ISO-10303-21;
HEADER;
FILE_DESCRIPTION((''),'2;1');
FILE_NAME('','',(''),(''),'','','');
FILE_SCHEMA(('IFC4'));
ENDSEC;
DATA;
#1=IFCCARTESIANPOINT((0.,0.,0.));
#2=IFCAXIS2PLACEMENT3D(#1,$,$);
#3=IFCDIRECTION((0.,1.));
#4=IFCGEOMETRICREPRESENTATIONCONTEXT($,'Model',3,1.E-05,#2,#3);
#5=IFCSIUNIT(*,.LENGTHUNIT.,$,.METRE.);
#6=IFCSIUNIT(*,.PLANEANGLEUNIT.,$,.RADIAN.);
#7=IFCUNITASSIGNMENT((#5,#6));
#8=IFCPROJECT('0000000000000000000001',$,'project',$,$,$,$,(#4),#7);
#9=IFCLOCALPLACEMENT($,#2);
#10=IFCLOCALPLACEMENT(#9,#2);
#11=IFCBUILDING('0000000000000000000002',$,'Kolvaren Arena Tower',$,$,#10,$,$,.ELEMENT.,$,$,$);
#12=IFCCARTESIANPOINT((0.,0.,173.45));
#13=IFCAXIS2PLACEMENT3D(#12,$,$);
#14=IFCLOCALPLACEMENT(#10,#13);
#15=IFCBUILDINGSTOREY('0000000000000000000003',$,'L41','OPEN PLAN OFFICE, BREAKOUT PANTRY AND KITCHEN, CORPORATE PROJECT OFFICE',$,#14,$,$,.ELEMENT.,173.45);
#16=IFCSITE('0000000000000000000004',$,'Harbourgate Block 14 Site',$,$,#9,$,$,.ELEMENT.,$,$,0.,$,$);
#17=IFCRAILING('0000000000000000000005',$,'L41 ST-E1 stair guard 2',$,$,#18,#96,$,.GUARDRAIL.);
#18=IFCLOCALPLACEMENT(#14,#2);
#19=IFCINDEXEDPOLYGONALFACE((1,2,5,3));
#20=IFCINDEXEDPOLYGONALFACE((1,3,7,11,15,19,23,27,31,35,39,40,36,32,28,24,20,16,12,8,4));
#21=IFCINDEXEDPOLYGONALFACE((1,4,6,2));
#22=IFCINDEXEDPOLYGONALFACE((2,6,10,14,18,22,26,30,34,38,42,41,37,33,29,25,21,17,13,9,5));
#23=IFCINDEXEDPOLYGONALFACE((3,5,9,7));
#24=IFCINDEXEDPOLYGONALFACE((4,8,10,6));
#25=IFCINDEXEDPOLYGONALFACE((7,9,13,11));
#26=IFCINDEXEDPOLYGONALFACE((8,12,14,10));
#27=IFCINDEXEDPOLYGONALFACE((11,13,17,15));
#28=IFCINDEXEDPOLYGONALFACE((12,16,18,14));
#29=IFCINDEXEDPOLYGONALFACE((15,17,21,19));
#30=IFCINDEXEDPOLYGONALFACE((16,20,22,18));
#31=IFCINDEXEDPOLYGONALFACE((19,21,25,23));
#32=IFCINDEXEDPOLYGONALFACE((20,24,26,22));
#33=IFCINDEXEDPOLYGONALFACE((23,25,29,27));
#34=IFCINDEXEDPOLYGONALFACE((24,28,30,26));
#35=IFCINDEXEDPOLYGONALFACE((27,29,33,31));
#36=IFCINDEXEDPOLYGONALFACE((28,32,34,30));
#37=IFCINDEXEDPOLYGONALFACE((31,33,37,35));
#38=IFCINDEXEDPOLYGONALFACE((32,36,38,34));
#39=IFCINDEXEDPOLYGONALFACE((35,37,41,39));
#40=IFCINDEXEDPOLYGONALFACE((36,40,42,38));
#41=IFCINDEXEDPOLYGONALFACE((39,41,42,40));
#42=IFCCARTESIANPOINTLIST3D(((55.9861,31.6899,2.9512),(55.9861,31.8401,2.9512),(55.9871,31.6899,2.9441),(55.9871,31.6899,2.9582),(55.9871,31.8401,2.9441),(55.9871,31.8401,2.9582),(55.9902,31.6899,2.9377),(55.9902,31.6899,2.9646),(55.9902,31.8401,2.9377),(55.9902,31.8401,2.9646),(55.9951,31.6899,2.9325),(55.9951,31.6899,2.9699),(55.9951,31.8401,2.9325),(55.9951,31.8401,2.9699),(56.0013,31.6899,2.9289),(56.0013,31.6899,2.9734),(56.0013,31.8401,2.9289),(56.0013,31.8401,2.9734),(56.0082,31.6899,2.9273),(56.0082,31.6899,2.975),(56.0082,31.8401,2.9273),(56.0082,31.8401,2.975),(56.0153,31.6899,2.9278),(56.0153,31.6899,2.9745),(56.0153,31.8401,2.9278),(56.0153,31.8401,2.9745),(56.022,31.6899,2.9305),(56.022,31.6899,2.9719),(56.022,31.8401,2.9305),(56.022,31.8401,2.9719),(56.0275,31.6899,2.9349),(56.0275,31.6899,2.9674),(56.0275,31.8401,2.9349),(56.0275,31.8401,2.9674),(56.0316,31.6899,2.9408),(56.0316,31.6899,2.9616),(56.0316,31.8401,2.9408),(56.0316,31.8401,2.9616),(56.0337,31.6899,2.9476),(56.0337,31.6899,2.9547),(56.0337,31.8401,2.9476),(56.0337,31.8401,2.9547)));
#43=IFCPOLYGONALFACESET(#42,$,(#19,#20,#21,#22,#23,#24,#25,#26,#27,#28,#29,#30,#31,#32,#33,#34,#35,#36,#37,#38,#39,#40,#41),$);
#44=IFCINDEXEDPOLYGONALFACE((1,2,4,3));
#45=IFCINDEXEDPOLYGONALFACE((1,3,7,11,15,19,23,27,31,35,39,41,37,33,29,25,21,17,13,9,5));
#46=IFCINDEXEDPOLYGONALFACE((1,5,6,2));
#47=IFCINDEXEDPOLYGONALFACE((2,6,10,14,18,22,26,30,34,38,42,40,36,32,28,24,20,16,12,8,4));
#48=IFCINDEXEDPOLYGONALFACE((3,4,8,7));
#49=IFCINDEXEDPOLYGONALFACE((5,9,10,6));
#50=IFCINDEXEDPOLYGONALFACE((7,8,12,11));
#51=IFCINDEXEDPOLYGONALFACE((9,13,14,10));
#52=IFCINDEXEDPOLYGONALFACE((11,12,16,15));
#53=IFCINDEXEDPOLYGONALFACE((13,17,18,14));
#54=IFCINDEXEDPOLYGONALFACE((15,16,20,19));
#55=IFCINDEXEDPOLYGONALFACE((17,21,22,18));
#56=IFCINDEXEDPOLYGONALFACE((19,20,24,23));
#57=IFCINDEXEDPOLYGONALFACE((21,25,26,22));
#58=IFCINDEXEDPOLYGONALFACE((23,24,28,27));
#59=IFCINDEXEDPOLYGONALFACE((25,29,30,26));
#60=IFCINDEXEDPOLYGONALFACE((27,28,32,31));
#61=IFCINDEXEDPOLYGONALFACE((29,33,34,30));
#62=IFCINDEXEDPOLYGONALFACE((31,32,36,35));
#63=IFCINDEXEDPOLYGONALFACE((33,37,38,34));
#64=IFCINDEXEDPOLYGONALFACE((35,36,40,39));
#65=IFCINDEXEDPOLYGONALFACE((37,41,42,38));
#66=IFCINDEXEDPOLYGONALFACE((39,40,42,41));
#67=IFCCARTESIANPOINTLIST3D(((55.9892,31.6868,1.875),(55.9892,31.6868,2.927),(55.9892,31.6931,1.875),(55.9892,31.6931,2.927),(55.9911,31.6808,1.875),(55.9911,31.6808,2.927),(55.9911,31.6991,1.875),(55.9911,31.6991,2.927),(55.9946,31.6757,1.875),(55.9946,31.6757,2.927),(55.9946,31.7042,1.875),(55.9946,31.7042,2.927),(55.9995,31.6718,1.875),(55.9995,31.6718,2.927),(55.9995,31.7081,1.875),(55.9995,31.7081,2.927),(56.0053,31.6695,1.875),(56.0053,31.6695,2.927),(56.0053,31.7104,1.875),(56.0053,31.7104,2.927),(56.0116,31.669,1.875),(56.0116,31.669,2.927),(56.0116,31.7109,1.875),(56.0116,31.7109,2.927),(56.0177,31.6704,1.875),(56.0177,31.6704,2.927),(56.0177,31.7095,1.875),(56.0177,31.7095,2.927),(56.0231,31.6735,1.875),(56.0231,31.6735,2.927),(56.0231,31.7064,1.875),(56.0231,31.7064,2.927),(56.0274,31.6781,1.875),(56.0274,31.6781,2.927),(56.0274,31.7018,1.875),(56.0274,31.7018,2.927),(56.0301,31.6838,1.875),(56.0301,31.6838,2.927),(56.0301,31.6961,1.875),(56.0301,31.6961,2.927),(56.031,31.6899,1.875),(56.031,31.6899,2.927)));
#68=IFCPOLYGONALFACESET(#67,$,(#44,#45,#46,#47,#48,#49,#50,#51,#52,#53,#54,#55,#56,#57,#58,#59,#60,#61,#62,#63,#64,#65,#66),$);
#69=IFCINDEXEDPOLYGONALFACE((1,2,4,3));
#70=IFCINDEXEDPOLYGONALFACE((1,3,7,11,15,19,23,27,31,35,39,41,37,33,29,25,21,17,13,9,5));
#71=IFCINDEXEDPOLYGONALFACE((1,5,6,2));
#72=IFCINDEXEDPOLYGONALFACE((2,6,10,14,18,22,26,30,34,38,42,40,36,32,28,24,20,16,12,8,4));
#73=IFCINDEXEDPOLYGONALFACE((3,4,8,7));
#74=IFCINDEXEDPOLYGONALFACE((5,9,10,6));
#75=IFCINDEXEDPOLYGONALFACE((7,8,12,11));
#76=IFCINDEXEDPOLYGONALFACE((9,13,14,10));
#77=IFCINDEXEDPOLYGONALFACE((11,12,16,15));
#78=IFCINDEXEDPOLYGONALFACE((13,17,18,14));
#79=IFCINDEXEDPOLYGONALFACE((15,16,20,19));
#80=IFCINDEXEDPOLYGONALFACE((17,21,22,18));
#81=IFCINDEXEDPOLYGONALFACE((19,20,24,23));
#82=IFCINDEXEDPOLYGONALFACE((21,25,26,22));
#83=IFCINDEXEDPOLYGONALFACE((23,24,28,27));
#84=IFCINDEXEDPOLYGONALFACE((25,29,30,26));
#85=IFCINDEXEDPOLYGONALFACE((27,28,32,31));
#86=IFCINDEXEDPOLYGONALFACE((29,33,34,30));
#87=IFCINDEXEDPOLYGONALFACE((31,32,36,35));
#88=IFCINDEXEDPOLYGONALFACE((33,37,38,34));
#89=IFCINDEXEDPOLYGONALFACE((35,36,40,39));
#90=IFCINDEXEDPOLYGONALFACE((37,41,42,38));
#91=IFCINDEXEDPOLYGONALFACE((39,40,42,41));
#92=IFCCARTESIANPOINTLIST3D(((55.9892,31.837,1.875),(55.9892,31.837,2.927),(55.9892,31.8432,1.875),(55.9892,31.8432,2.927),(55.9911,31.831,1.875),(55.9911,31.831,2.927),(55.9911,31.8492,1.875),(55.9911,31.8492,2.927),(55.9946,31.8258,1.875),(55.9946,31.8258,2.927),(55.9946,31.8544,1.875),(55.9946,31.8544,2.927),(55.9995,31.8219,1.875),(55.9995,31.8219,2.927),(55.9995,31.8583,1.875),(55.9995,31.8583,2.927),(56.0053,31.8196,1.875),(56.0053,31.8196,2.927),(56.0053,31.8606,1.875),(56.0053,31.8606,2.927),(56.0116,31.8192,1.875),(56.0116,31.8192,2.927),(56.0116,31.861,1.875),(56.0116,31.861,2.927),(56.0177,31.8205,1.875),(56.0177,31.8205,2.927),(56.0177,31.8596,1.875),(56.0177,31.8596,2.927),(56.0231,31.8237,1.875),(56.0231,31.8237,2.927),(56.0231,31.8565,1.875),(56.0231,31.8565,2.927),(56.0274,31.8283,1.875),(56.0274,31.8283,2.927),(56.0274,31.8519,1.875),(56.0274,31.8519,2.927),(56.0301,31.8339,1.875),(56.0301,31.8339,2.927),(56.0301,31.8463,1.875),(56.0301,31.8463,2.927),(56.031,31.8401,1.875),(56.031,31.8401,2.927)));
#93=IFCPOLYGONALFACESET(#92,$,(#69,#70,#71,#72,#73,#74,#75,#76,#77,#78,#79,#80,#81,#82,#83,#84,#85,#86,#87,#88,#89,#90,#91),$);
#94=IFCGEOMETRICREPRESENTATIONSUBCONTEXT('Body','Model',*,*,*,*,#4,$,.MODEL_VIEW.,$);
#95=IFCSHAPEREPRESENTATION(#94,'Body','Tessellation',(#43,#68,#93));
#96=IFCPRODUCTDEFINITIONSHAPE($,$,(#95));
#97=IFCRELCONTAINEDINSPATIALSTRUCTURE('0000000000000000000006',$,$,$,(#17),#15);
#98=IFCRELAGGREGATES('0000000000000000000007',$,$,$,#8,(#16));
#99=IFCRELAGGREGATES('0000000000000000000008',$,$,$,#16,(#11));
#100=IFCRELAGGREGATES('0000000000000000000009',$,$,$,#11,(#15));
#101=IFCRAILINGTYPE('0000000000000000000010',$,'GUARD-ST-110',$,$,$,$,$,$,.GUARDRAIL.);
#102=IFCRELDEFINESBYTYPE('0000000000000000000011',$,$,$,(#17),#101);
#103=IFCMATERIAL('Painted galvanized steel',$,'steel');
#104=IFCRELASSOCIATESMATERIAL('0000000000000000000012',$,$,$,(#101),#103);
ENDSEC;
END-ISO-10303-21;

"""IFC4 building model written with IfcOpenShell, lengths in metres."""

from ifc_helpers import new_model, si_unit, direction, frame, origin, origin_2d, place, context, subcontext, project, spatial, circle, extrude, material, type_object, element, save


model = new_model("IFC4")

# Units and contexts
model_context = context("Model", 3, precision=1e-05, world=origin(), true_north=direction((0.0, 1.0)))
body_context = subcontext(model_context, "Body", "Model", "MODEL_VIEW")
ifc_project = project(units=[si_unit("LENGTHUNIT", "METRE"), si_unit("PLANEANGLEUNIT", "RADIAN")], contexts=[model_context])

# Site, building, storey
site_placement = place(None, origin())
site = spatial("IfcSite", under=ifc_project, at=site_placement, Name="Harbourgate Block 14 Site", CompositionType="ELEMENT", RefElevation=0.0)
building_placement = place(site_placement, origin())
building = spatial("IfcBuilding", under=site, at=building_placement, Name="Kolvaren Arena Tower", CompositionType="ELEMENT")
storey_placement = place(building_placement, frame((0.0, 0.0, 173.45)))
storey = spatial("IfcBuildingStorey", under=building, at=storey_placement, Name="L41", Description="OPEN PLAN OFFICE, BREAKOUT PANTRY AND KITCHEN, CORPORATE PROJECT OFFICE", CompositionType="ELEMENT", Elevation=173.45)

# Railing
ifc_material_1 = material(Name="Painted galvanized steel", Category="steel")
railing_type_1 = type_object("IfcRailingType", Name="GUARD-ST-110", PredefinedType="GUARDRAIL", material=ifc_material_1)
railing_1_placement = place(storey_placement, frame((56.01, 31.6899, 1.875)))
element("IfcRailing", 1, at=railing_1_placement, inside=storey, type_object=railing_type_1, Name="L41 ST-E1 stair guard 2", PredefinedType="GUARDRAIL", context=body_context, shape_type="SweptSolid", body=[
    extrude(circle(Radius=0.0239, at=origin_2d()), frame((0.0, 0.0, 1.0762), z_axis=(0.0, 1.0, 0.0), x_axis=(-1.0, 0.0, 0.0)), (0.0, 0.0, 1.0), 0.1501),
    extrude(circle(Radius=0.021, at=origin_2d()), origin(), (0.0, 0.0, 1.0), 1.052),
    extrude(circle(Radius=0.021, at=origin_2d()), frame((0.0, 0.1501, 0.0)), (0.0, 0.0, 1.0), 1.052),
])

save(model, "model.ifc")
